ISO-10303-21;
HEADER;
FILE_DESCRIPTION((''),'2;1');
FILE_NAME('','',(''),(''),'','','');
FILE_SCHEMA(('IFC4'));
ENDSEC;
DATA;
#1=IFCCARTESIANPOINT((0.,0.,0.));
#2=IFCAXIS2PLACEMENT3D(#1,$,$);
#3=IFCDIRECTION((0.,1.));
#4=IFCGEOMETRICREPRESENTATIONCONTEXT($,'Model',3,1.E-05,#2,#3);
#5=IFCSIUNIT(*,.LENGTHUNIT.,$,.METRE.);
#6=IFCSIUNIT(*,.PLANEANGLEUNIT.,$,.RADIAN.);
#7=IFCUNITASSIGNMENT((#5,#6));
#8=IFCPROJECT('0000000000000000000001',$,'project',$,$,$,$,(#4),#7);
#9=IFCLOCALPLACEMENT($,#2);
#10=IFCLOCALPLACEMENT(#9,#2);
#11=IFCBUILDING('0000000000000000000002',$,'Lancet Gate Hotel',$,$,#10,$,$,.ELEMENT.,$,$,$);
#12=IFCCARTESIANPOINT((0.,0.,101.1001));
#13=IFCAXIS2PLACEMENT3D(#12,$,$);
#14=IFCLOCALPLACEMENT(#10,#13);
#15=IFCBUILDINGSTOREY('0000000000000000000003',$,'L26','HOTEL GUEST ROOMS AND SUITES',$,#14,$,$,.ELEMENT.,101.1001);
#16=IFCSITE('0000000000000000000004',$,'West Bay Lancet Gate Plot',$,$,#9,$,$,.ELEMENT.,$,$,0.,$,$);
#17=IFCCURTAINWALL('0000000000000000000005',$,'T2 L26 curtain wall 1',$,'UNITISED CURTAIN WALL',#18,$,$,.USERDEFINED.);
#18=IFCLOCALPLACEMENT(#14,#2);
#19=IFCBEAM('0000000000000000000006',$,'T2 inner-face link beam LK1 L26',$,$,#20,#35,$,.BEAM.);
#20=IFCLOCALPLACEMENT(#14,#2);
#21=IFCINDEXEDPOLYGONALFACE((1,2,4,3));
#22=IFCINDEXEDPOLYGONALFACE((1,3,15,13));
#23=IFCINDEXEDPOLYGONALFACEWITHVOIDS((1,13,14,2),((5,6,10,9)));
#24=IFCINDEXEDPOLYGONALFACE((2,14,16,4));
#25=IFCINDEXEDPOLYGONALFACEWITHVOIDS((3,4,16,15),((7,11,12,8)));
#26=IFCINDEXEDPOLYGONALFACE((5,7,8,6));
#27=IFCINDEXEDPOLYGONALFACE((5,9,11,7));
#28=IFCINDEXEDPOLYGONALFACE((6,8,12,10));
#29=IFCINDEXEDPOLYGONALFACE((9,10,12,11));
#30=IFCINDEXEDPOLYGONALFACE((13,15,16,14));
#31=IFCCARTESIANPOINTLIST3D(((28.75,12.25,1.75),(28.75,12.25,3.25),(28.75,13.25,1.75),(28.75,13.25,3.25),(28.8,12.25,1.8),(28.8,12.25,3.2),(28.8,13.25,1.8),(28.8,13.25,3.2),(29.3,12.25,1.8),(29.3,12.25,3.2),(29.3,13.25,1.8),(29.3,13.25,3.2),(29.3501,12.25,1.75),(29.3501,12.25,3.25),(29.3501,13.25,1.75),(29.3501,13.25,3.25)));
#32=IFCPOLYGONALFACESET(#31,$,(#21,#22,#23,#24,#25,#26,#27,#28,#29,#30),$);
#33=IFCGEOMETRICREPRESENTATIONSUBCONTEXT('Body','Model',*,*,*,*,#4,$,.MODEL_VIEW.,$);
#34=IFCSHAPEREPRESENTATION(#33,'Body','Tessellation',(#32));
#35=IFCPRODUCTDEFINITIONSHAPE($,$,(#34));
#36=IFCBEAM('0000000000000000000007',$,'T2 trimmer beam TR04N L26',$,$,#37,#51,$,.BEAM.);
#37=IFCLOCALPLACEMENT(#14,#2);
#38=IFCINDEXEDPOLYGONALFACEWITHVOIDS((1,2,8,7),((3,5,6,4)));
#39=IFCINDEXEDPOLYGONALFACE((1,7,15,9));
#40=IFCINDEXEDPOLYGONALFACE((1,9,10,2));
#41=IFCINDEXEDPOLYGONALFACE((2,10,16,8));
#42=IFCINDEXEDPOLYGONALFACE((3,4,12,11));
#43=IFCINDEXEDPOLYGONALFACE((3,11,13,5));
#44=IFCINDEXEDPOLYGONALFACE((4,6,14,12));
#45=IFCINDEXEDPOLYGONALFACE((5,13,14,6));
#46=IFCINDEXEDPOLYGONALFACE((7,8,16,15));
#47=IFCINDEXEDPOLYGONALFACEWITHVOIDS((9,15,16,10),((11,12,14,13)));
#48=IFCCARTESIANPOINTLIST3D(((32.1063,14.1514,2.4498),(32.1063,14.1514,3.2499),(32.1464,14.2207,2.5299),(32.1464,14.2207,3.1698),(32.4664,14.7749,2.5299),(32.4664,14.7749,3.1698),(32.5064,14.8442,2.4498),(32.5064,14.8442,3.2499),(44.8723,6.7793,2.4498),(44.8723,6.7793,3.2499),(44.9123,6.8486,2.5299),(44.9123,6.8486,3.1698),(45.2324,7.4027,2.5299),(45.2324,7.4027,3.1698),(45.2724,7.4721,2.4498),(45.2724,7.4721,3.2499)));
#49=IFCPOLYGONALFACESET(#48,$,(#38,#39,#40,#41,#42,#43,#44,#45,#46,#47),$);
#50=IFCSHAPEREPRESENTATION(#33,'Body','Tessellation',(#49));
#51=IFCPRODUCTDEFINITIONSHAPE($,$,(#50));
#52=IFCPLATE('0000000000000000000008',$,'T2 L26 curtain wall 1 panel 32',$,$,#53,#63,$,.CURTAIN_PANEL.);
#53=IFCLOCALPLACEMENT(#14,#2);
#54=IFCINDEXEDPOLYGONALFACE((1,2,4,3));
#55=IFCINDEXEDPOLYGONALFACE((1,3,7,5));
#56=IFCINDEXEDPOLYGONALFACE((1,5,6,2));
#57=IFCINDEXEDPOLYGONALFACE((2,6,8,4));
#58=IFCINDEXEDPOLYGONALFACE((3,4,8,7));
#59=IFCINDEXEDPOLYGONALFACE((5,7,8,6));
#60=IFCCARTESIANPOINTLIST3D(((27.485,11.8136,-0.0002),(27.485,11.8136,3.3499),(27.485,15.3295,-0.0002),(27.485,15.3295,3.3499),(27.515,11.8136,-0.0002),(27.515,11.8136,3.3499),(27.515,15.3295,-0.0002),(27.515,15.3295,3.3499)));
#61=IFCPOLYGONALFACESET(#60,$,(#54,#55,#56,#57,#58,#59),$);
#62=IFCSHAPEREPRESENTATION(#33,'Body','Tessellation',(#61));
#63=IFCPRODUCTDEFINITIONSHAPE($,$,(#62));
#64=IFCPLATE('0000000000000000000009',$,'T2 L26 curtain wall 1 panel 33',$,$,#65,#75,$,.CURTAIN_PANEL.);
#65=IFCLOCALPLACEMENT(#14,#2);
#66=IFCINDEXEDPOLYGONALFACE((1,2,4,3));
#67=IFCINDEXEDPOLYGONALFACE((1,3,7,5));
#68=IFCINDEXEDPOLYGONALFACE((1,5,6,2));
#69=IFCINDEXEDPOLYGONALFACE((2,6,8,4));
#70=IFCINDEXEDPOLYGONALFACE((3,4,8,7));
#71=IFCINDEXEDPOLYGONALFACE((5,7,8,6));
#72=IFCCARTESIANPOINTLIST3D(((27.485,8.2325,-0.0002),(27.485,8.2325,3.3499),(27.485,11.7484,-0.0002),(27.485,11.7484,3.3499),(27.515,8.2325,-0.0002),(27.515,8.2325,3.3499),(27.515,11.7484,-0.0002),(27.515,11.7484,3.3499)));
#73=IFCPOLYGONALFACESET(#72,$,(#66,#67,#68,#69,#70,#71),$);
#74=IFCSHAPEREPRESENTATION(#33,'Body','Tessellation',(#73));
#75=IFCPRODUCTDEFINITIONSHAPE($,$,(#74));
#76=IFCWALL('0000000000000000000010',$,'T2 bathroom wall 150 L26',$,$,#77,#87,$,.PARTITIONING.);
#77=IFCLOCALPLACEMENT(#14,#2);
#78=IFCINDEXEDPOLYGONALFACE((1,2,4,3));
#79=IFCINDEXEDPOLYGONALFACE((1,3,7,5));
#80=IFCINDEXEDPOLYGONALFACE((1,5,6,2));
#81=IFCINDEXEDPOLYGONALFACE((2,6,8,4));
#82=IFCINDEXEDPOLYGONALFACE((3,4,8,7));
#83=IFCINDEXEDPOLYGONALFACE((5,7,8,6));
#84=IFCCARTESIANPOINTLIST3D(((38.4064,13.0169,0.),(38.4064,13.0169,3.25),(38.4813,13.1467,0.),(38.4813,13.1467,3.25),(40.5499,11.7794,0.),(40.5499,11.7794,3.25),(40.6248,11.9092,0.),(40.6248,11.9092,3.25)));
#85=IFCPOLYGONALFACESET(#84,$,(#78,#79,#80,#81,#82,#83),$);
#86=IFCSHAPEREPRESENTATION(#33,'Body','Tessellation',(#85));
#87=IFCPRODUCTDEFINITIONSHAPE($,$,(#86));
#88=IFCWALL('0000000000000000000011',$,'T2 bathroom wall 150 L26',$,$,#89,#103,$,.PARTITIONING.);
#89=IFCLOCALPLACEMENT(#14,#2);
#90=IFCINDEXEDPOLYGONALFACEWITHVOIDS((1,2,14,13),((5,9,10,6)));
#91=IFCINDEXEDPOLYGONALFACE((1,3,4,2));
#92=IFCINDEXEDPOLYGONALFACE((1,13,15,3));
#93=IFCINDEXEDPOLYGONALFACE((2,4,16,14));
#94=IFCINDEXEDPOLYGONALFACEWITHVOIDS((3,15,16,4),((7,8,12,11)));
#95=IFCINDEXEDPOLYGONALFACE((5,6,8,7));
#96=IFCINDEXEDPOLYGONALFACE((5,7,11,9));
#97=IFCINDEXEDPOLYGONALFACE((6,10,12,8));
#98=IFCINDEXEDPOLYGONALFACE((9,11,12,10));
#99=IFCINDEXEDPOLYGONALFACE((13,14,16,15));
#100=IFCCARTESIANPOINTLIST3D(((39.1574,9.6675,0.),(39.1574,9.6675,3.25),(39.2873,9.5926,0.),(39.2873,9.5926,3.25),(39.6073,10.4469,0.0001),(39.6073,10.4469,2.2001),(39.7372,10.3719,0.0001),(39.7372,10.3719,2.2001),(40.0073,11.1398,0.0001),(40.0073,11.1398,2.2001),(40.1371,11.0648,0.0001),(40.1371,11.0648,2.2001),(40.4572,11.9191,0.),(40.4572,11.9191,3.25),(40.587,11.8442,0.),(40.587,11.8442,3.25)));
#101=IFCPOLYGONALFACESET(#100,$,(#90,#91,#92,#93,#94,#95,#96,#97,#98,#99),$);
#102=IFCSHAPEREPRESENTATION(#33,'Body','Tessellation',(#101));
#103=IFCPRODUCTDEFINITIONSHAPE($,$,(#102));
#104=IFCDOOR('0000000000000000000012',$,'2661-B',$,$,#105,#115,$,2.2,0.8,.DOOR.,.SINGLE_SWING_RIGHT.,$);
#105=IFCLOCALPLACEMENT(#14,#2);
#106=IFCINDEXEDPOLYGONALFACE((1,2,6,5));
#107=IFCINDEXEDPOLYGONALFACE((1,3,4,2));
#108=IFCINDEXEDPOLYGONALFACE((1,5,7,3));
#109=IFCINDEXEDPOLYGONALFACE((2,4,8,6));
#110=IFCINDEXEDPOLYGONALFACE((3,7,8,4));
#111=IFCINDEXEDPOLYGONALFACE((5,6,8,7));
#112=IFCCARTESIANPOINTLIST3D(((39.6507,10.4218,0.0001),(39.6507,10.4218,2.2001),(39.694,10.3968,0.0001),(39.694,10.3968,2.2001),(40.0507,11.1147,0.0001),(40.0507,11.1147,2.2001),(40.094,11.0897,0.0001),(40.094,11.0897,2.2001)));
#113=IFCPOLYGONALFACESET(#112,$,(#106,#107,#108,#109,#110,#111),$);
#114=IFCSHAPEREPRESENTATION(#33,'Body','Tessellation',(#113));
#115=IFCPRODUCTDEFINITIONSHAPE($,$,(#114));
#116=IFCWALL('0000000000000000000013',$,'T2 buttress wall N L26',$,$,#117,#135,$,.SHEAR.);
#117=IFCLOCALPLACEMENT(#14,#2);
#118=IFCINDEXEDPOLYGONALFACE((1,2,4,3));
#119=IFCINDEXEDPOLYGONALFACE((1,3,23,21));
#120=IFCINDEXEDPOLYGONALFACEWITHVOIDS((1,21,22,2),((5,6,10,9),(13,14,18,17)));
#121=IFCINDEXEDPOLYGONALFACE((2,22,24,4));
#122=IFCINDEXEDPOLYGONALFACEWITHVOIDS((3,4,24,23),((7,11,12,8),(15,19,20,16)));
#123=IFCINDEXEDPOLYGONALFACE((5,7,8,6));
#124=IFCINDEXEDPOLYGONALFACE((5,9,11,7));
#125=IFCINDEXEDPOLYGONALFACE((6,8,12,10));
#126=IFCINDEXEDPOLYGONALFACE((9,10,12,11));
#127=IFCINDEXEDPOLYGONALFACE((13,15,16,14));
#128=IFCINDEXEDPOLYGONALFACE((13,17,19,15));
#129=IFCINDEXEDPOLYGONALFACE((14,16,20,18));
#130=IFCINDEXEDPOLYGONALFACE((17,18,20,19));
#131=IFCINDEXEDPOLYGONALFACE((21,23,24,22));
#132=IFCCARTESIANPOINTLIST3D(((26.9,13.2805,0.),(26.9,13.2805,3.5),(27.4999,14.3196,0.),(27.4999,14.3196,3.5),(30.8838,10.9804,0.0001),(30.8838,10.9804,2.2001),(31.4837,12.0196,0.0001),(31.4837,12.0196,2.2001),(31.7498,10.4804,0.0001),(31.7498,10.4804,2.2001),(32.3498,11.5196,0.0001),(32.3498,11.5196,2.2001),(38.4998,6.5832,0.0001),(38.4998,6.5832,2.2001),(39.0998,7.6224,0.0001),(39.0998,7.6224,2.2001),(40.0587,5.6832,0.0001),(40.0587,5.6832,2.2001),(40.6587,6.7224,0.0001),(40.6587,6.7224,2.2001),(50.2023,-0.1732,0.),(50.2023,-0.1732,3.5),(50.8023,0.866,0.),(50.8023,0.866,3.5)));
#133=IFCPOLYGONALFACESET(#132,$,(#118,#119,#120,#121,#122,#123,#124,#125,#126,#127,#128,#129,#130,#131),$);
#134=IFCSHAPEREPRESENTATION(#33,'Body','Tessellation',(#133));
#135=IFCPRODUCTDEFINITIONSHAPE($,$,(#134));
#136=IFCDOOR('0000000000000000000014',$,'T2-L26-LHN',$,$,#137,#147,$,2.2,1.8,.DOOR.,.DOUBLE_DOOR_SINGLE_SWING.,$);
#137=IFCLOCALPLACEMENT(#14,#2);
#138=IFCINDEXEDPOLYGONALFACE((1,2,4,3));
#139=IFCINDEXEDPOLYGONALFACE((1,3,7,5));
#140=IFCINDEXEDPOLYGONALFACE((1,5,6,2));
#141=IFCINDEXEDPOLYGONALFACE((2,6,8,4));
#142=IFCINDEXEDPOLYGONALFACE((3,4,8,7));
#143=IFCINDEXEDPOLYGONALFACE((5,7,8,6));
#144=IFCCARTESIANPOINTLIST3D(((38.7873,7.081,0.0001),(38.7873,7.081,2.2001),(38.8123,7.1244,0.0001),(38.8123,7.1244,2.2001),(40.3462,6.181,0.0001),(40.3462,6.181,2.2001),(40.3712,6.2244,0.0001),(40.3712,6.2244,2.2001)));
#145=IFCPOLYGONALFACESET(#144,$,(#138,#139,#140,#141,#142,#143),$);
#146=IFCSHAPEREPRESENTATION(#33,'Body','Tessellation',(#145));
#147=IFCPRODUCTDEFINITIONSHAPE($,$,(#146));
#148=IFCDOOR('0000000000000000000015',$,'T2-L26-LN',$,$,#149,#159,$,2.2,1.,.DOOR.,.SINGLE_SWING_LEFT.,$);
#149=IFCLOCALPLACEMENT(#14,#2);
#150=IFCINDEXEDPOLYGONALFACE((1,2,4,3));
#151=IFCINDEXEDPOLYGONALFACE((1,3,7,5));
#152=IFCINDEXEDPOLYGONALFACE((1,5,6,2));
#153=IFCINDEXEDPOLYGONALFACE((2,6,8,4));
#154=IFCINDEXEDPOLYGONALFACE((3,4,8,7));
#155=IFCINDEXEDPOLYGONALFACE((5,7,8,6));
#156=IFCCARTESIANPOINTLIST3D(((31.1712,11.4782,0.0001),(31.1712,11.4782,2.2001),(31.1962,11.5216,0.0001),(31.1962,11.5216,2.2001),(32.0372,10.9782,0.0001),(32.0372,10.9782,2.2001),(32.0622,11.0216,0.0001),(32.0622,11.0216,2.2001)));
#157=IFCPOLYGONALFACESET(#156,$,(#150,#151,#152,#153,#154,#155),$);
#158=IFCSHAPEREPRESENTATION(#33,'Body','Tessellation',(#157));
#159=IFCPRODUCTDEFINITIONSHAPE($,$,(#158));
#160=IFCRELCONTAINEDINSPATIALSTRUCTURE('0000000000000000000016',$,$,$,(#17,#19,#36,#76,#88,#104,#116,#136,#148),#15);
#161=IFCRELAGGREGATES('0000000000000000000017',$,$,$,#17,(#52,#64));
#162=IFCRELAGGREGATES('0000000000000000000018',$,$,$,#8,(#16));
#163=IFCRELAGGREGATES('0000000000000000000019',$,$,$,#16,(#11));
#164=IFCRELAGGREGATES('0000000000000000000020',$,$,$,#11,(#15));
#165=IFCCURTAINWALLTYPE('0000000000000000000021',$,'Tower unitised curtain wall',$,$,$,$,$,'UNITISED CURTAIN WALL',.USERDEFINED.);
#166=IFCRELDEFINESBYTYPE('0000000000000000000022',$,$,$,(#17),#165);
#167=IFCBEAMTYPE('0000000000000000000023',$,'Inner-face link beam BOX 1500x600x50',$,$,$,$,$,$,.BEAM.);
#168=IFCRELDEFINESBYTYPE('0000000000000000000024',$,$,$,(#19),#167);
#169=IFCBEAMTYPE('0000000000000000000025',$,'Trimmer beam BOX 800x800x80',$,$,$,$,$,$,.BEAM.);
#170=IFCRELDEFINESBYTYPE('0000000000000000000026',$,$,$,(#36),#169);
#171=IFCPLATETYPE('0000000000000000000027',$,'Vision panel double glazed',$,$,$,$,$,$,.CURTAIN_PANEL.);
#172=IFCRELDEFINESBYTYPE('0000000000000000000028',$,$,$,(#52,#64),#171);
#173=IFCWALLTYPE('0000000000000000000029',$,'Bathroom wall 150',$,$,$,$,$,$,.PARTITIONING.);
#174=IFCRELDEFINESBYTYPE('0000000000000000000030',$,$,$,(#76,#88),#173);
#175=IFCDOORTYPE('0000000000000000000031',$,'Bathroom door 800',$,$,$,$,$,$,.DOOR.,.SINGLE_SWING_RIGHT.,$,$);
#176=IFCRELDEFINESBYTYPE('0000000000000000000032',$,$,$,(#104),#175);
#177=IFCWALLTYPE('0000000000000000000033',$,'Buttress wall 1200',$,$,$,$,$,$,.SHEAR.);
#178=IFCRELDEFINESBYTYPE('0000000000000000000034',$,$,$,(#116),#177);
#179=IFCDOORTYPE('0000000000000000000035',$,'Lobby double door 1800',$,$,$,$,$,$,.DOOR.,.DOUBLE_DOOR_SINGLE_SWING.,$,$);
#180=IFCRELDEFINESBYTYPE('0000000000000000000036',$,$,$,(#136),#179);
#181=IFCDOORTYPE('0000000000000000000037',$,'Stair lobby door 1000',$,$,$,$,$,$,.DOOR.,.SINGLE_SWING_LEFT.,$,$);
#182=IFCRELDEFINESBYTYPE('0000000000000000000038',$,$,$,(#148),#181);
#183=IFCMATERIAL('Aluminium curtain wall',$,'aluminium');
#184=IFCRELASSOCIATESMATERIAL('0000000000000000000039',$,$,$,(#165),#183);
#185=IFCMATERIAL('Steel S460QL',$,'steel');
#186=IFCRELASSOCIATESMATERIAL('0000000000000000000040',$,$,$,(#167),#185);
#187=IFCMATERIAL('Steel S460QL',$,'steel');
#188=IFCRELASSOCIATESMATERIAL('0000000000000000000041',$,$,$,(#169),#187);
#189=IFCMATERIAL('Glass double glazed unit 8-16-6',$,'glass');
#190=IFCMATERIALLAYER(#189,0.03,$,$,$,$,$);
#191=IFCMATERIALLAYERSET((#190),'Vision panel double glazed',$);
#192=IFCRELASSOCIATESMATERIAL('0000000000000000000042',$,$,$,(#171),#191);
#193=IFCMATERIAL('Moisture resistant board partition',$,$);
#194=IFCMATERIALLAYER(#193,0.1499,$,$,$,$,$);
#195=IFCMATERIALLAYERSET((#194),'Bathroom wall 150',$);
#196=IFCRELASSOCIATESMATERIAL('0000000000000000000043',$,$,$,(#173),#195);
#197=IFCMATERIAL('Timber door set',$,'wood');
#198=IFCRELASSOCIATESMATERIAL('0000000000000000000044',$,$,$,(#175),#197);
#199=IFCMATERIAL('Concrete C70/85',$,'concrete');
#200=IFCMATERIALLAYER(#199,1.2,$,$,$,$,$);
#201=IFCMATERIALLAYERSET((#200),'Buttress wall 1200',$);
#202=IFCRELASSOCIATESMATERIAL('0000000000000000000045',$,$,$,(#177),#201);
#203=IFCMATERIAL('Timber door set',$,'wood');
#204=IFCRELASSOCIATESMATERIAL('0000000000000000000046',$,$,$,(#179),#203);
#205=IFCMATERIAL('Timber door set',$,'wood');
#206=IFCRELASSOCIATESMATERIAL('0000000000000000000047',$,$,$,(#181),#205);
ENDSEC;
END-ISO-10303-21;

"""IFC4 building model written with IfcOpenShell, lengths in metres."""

from ifc_helpers import new_model, si_unit, direction, frame, frame_2d, origin, origin_2d, place, context, subcontext, project, spatial, rectangle, hollow_rectangle, extrude, material, layer, layer_set, material_profile, profile_set, type_object, element, fill, aggregate, save


model = new_model("IFC4")

# Units and contexts
model_context = context("Model", 3, precision=1e-05, world=origin(), true_north=direction((0.0, 1.0)))
body_context = subcontext(model_context, "Body", "Model", "MODEL_VIEW")
ifc_project = project(units=[si_unit("LENGTHUNIT", "METRE"), si_unit("PLANEANGLEUNIT", "RADIAN")], contexts=[model_context])

# Site, building, storey
site_placement = place(None, origin())
site = spatial("IfcSite", under=ifc_project, at=site_placement, Name="West Bay Lancet Gate Plot", CompositionType="ELEMENT", RefElevation=0.0)
building_placement = place(site_placement, origin())
building = spatial("IfcBuilding", under=site, at=building_placement, Name="Lancet Gate Hotel", CompositionType="ELEMENT")
storey_placement = place(building_placement, frame((0.0, 0.0, 101.1001)))
storey = spatial("IfcBuildingStorey", under=building, at=storey_placement, Name="L26", Description="HOTEL GUEST ROOMS AND SUITES", CompositionType="ELEMENT", Elevation=101.1001)

# Curtain wall
ifc_material_1 = material(Name="Aluminium curtain wall", Category="aluminium")
curtain_wall_type = type_object("IfcCurtainWallType", Name="Tower unitised curtain wall", ElementType="UNITISED CURTAIN WALL", PredefinedType="USERDEFINED", material=ifc_material_1)
curtain_wall_placement = place(storey_placement, origin())
curtain_wall = element("IfcCurtainWall", 1, at=curtain_wall_placement, inside=storey, type_object=curtain_wall_type, Name="T2 L26 curtain wall 1", ObjectType="UNITISED CURTAIN WALL", PredefinedType="USERDEFINED")

# Beams
ifc_material_2 = material(Name="Steel S460QL", Category="steel")
ifc_material_profile_1 = material_profile(ifc_material_2, hollow_rectangle(XDim=0.6001, YDim=1.5, WallThickness=0.05, at=origin_2d()), Name="BOX 1500x600x50")
ifc_profile_set_1 = profile_set([ifc_material_profile_1], Name="Steel S460QL")
beam_type_1 = type_object("IfcBeamType", Name="Inner-face link beam BOX 1500x600x50", PredefinedType="BEAM", material=ifc_profile_set_1)
beam_1_placement = place(storey_placement, frame((29.05, 12.25, 2.5), z_axis=(0.0, 1.0, 0.0), x_axis=(-1.0, 0.0, 0.0)))
element("IfcBeam", 2, at=beam_1_placement, inside=storey, type_object=beam_type_1, Name="T2 inner-face link beam LK1 L26", PredefinedType="BEAM", context=body_context, shape_type="SweptSolid", body=[
    extrude(hollow_rectangle(XDim=0.6001, YDim=1.5, WallThickness=0.05, at=origin_2d()), origin(), (0.0, 0.0, 1.0), 1.0),
])
ifc_material_3 = material(Name="Steel S460QL", Category="steel")
ifc_material_profile_2 = material_profile(ifc_material_3, hollow_rectangle(XDim=0.8, YDim=0.8, WallThickness=0.0801, at=origin_2d()), Name="BOX 800x800x80")
ifc_profile_set_2 = profile_set([ifc_material_profile_2], Name="Steel S460QL")
beam_type_2 = type_object("IfcBeamType", Name="Trimmer beam BOX 800x800x80", PredefinedType="BEAM", material=ifc_profile_set_2)
beam_2_placement = place(storey_placement, frame((32.3064, 14.4978, 2.8499), z_axis=(0.865976, -0.500086, 0.0), x_axis=(0.500086, 0.865976, 0.0)))
element("IfcBeam", 3, at=beam_2_placement, inside=storey, type_object=beam_type_2, Name="T2 trimmer beam TR04N L26", PredefinedType="BEAM", context=body_context, shape_type="SweptSolid", body=[
    extrude(hollow_rectangle(XDim=0.8, YDim=0.8, WallThickness=0.0801, at=origin_2d()), origin(), (0.0, 0.0, 1.0), 14.7417),
])

# Plates
ifc_material_4 = material(Name="Glass double glazed unit 8-16-6", Category="glass")
ifc_layer_1 = layer(ifc_material_4, 0.03)
ifc_layer_set_1 = layer_set([ifc_layer_1], Name="Vision panel double glazed")
plate_type = type_object("IfcPlateType", Name="Vision panel double glazed", PredefinedType="CURTAIN_PANEL", material=ifc_layer_set_1)
plate_1_placement = place(storey_placement, frame((27.5, 13.5715, -0.0002), z_axis=(0.0, 0.0, 1.0), x_axis=(0.0, -1.0, 0.0)))
plate_1 = element("IfcPlate", 4, at=plate_1_placement, type_object=plate_type, Name="T2 L26 curtain wall 1 panel 32", PredefinedType="CURTAIN_PANEL", context=body_context, shape_type="SweptSolid", body=[
    extrude(rectangle(XDim=3.5159, YDim=0.03, at=origin_2d()), origin(), (0.0, 0.0, 1.0), 3.3501),
])
plate_2_placement = place(storey_placement, frame((27.5, 9.9905, -0.0002), z_axis=(0.0, 0.0, 1.0), x_axis=(0.0, -1.0, 0.0)))
plate_2 = element("IfcPlate", 5, at=plate_2_placement, type_object=plate_type, Name="T2 L26 curtain wall 1 panel 33", PredefinedType="CURTAIN_PANEL", context=body_context, shape_type="SweptSolid", body=[
    extrude(rectangle(XDim=3.5159, YDim=0.03, at=origin_2d()), origin(), (0.0, 0.0, 1.0), 3.3501),
])
aggregate(curtain_wall, [plate_1, plate_2])

# Wall
ifc_material_5 = material(Name="Moisture resistant board partition")
ifc_layer_2 = layer(ifc_material_5, 0.1499)
ifc_layer_set_2 = layer_set([ifc_layer_2], Name="Bathroom wall 150")
wall_type_1 = type_object("IfcWallType", Name="Bathroom wall 150", PredefinedType="PARTITIONING", material=ifc_layer_set_2)
wall_1_placement = place(storey_placement, frame((38.4438, 13.0818, 0.0), z_axis=(0.0, 0.0, 1.0), x_axis=(0.866031, -0.49999, 0.0)))
element("IfcWall", 6, at=wall_1_placement, inside=storey, type_object=wall_type_1, Name="T2 bathroom wall 150 L26", PredefinedType="PARTITIONING", context=body_context, shape_type="SweptSolid", body=[
    extrude(rectangle(XDim=2.4751, YDim=0.1499, at=frame_2d((1.2375, 0.0))), origin(), (0.0, 0.0, 1.0), 3.25),
])

# Wall, opening, door
wall_2_placement = place(storey_placement, frame((39.2224, 9.6301, 0.0), z_axis=(0.0, 0.0, 1.0), x_axis=(0.499937, 0.866062, 0.0)))
wall_2 = element("IfcWall", 7, at=wall_2_placement, inside=storey, type_object=wall_type_1, Name="T2 bathroom wall 150 L26", PredefinedType="PARTITIONING", context=body_context, shape_type="SweptSolid", body=[
    extrude(rectangle(XDim=2.5999, YDim=0.1499, at=frame_2d((1.2998, 0.0))), origin(), (0.0, 0.0, 1.0), 3.25),
])
opening_1_placement = place(wall_2_placement, frame((0.8999, 0.0, 0.0)))
opening_1 = element("IfcOpeningElement", 8, at=opening_1_placement, cuts=wall_2, PredefinedType="OPENING", context=body_context, shape_type="SweptSolid", body=[
    extrude(rectangle(XDim=0.8, YDim=2.2, at=frame_2d((0.3999, 1.1001))), frame((0.0, 0.085, 0.0), z_axis=(0.0, -1.0, 0.0), x_axis=(1.0, 0.0, 0.0)), (0.0, 0.0, 1.0), 0.1699),
])
ifc_material_6 = material(Name="Timber door set", Category="wood")
door_type_1 = type_object("IfcDoorType", Name="Bathroom door 800", OperationType="SINGLE_SWING_RIGHT", PredefinedType="DOOR", material=ifc_material_6)
door_1_placement = place(opening_1_placement, origin())
door_1 = element("IfcDoor", 9, at=door_1_placement, inside=storey, type_object=door_type_1, Name="2661-B", OperationType="SINGLE_SWING_RIGHT", OverallHeight=2.2, OverallWidth=0.8, PredefinedType="DOOR", context=body_context, shape_type="SweptSolid", body=[
    extrude(rectangle(XDim=0.8, YDim=2.2, at=frame_2d((0.3999, 1.1001))), frame((0.0, 0.0249, 0.0), z_axis=(0.0, -1.0, 0.0), x_axis=(1.0, 0.0, 0.0)), (0.0, 0.0, 1.0), 0.05),
])
fill(opening_1, door_1)

# Wall, openings, doors
ifc_material_7 = material(Name="Concrete C70/85", Category="concrete")
ifc_layer_3 = layer(ifc_material_7, 1.2)
ifc_layer_set_3 = layer_set([ifc_layer_3], Name="Buttress wall 1200")
wall_type_2 = type_object("IfcWallType", Name="Buttress wall 1200", PredefinedType="SHEAR", material=ifc_layer_set_3)
wall_3_placement = place(storey_placement, frame((27.2, 13.8, 0.0), z_axis=(0.0, 0.0, 1.0), x_axis=(0.866025, -0.500002, 0.0)))
wall_3 = element("IfcWall", 10, at=wall_3_placement, inside=storey, type_object=wall_type_2, Name="T2 buttress wall N L26", PredefinedType="SHEAR", context=body_context, shape_type="SweptSolid", body=[
    extrude(rectangle(XDim=26.9072, YDim=1.2, at=frame_2d((13.4536, 0.0))), origin(), (0.0, 0.0, 1.0), 3.5),
])
opening_2_placement = place(wall_3_placement, frame((4.6001, 0.0, 0.0)))
opening_2 = element("IfcOpeningElement", 11, at=opening_2_placement, cuts=wall_3, PredefinedType="OPENING", context=body_context, shape_type="SweptSolid", body=[
    extrude(rectangle(XDim=1.0, YDim=2.2, at=frame_2d((0.5, 1.1001))), frame((0.0, 0.6099, 0.0), z_axis=(0.0, -1.0, 0.0), x_axis=(1.0, 0.0, 0.0)), (0.0, 0.0, 1.0), 1.22),
])
opening_3_placement = place(wall_3_placement, frame((13.3945, 0.0, 0.0)))
opening_3 = element("IfcOpeningElement", 12, at=opening_3_placement, cuts=wall_3, PredefinedType="OPENING", context=body_context, shape_type="SweptSolid", body=[
    extrude(rectangle(XDim=1.8, YDim=2.2, at=frame_2d((0.8999, 1.1001))), frame((0.0, 0.6099, 0.0), z_axis=(0.0, -1.0, 0.0), x_axis=(1.0, 0.0, 0.0)), (0.0, 0.0, 1.0), 1.22),
])
ifc_material_8 = material(Name="Timber door set", Category="wood")
door_type_2 = type_object("IfcDoorType", Name="Lobby double door 1800", OperationType="DOUBLE_DOOR_SINGLE_SWING", PredefinedType="DOOR", material=ifc_material_8)
door_2_placement = place(opening_3_placement, origin())
door_2 = element("IfcDoor", 13, at=door_2_placement, inside=storey, type_object=door_type_2, Name="T2-L26-LHN", OperationType="DOUBLE_DOOR_SINGLE_SWING", OverallHeight=2.2, OverallWidth=1.8, PredefinedType="DOOR", context=body_context, shape_type="SweptSolid", body=[
    extrude(rectangle(XDim=1.8, YDim=2.2, at=frame_2d((0.8999, 1.1001))), frame((0.0, 0.0249, 0.0), z_axis=(0.0, -1.0, 0.0), x_axis=(1.0, 0.0, 0.0)), (0.0, 0.0, 1.0), 0.05),
])
fill(opening_3, door_2)
ifc_material_9 = material(Name="Timber door set", Category="wood")
door_type_3 = type_object("IfcDoorType", Name="Stair lobby door 1000", OperationType="SINGLE_SWING_LEFT", PredefinedType="DOOR", material=ifc_material_9)
door_3_placement = place(opening_2_placement, origin())
door_3 = element("IfcDoor", 14, at=door_3_placement, inside=storey, type_object=door_type_3, Name="T2-L26-LN", OperationType="SINGLE_SWING_LEFT", OverallHeight=2.2, OverallWidth=1.0, PredefinedType="DOOR", context=body_context, shape_type="SweptSolid", body=[
    extrude(rectangle(XDim=1.0, YDim=2.2, at=frame_2d((0.5, 1.1001))), frame((0.0, 0.0249, 0.0), z_axis=(0.0, -1.0, 0.0), x_axis=(1.0, 0.0, 0.0)), (0.0, 0.0, 1.0), 0.05),
])
fill(opening_2, door_3)

save(model, "model.ifc")
